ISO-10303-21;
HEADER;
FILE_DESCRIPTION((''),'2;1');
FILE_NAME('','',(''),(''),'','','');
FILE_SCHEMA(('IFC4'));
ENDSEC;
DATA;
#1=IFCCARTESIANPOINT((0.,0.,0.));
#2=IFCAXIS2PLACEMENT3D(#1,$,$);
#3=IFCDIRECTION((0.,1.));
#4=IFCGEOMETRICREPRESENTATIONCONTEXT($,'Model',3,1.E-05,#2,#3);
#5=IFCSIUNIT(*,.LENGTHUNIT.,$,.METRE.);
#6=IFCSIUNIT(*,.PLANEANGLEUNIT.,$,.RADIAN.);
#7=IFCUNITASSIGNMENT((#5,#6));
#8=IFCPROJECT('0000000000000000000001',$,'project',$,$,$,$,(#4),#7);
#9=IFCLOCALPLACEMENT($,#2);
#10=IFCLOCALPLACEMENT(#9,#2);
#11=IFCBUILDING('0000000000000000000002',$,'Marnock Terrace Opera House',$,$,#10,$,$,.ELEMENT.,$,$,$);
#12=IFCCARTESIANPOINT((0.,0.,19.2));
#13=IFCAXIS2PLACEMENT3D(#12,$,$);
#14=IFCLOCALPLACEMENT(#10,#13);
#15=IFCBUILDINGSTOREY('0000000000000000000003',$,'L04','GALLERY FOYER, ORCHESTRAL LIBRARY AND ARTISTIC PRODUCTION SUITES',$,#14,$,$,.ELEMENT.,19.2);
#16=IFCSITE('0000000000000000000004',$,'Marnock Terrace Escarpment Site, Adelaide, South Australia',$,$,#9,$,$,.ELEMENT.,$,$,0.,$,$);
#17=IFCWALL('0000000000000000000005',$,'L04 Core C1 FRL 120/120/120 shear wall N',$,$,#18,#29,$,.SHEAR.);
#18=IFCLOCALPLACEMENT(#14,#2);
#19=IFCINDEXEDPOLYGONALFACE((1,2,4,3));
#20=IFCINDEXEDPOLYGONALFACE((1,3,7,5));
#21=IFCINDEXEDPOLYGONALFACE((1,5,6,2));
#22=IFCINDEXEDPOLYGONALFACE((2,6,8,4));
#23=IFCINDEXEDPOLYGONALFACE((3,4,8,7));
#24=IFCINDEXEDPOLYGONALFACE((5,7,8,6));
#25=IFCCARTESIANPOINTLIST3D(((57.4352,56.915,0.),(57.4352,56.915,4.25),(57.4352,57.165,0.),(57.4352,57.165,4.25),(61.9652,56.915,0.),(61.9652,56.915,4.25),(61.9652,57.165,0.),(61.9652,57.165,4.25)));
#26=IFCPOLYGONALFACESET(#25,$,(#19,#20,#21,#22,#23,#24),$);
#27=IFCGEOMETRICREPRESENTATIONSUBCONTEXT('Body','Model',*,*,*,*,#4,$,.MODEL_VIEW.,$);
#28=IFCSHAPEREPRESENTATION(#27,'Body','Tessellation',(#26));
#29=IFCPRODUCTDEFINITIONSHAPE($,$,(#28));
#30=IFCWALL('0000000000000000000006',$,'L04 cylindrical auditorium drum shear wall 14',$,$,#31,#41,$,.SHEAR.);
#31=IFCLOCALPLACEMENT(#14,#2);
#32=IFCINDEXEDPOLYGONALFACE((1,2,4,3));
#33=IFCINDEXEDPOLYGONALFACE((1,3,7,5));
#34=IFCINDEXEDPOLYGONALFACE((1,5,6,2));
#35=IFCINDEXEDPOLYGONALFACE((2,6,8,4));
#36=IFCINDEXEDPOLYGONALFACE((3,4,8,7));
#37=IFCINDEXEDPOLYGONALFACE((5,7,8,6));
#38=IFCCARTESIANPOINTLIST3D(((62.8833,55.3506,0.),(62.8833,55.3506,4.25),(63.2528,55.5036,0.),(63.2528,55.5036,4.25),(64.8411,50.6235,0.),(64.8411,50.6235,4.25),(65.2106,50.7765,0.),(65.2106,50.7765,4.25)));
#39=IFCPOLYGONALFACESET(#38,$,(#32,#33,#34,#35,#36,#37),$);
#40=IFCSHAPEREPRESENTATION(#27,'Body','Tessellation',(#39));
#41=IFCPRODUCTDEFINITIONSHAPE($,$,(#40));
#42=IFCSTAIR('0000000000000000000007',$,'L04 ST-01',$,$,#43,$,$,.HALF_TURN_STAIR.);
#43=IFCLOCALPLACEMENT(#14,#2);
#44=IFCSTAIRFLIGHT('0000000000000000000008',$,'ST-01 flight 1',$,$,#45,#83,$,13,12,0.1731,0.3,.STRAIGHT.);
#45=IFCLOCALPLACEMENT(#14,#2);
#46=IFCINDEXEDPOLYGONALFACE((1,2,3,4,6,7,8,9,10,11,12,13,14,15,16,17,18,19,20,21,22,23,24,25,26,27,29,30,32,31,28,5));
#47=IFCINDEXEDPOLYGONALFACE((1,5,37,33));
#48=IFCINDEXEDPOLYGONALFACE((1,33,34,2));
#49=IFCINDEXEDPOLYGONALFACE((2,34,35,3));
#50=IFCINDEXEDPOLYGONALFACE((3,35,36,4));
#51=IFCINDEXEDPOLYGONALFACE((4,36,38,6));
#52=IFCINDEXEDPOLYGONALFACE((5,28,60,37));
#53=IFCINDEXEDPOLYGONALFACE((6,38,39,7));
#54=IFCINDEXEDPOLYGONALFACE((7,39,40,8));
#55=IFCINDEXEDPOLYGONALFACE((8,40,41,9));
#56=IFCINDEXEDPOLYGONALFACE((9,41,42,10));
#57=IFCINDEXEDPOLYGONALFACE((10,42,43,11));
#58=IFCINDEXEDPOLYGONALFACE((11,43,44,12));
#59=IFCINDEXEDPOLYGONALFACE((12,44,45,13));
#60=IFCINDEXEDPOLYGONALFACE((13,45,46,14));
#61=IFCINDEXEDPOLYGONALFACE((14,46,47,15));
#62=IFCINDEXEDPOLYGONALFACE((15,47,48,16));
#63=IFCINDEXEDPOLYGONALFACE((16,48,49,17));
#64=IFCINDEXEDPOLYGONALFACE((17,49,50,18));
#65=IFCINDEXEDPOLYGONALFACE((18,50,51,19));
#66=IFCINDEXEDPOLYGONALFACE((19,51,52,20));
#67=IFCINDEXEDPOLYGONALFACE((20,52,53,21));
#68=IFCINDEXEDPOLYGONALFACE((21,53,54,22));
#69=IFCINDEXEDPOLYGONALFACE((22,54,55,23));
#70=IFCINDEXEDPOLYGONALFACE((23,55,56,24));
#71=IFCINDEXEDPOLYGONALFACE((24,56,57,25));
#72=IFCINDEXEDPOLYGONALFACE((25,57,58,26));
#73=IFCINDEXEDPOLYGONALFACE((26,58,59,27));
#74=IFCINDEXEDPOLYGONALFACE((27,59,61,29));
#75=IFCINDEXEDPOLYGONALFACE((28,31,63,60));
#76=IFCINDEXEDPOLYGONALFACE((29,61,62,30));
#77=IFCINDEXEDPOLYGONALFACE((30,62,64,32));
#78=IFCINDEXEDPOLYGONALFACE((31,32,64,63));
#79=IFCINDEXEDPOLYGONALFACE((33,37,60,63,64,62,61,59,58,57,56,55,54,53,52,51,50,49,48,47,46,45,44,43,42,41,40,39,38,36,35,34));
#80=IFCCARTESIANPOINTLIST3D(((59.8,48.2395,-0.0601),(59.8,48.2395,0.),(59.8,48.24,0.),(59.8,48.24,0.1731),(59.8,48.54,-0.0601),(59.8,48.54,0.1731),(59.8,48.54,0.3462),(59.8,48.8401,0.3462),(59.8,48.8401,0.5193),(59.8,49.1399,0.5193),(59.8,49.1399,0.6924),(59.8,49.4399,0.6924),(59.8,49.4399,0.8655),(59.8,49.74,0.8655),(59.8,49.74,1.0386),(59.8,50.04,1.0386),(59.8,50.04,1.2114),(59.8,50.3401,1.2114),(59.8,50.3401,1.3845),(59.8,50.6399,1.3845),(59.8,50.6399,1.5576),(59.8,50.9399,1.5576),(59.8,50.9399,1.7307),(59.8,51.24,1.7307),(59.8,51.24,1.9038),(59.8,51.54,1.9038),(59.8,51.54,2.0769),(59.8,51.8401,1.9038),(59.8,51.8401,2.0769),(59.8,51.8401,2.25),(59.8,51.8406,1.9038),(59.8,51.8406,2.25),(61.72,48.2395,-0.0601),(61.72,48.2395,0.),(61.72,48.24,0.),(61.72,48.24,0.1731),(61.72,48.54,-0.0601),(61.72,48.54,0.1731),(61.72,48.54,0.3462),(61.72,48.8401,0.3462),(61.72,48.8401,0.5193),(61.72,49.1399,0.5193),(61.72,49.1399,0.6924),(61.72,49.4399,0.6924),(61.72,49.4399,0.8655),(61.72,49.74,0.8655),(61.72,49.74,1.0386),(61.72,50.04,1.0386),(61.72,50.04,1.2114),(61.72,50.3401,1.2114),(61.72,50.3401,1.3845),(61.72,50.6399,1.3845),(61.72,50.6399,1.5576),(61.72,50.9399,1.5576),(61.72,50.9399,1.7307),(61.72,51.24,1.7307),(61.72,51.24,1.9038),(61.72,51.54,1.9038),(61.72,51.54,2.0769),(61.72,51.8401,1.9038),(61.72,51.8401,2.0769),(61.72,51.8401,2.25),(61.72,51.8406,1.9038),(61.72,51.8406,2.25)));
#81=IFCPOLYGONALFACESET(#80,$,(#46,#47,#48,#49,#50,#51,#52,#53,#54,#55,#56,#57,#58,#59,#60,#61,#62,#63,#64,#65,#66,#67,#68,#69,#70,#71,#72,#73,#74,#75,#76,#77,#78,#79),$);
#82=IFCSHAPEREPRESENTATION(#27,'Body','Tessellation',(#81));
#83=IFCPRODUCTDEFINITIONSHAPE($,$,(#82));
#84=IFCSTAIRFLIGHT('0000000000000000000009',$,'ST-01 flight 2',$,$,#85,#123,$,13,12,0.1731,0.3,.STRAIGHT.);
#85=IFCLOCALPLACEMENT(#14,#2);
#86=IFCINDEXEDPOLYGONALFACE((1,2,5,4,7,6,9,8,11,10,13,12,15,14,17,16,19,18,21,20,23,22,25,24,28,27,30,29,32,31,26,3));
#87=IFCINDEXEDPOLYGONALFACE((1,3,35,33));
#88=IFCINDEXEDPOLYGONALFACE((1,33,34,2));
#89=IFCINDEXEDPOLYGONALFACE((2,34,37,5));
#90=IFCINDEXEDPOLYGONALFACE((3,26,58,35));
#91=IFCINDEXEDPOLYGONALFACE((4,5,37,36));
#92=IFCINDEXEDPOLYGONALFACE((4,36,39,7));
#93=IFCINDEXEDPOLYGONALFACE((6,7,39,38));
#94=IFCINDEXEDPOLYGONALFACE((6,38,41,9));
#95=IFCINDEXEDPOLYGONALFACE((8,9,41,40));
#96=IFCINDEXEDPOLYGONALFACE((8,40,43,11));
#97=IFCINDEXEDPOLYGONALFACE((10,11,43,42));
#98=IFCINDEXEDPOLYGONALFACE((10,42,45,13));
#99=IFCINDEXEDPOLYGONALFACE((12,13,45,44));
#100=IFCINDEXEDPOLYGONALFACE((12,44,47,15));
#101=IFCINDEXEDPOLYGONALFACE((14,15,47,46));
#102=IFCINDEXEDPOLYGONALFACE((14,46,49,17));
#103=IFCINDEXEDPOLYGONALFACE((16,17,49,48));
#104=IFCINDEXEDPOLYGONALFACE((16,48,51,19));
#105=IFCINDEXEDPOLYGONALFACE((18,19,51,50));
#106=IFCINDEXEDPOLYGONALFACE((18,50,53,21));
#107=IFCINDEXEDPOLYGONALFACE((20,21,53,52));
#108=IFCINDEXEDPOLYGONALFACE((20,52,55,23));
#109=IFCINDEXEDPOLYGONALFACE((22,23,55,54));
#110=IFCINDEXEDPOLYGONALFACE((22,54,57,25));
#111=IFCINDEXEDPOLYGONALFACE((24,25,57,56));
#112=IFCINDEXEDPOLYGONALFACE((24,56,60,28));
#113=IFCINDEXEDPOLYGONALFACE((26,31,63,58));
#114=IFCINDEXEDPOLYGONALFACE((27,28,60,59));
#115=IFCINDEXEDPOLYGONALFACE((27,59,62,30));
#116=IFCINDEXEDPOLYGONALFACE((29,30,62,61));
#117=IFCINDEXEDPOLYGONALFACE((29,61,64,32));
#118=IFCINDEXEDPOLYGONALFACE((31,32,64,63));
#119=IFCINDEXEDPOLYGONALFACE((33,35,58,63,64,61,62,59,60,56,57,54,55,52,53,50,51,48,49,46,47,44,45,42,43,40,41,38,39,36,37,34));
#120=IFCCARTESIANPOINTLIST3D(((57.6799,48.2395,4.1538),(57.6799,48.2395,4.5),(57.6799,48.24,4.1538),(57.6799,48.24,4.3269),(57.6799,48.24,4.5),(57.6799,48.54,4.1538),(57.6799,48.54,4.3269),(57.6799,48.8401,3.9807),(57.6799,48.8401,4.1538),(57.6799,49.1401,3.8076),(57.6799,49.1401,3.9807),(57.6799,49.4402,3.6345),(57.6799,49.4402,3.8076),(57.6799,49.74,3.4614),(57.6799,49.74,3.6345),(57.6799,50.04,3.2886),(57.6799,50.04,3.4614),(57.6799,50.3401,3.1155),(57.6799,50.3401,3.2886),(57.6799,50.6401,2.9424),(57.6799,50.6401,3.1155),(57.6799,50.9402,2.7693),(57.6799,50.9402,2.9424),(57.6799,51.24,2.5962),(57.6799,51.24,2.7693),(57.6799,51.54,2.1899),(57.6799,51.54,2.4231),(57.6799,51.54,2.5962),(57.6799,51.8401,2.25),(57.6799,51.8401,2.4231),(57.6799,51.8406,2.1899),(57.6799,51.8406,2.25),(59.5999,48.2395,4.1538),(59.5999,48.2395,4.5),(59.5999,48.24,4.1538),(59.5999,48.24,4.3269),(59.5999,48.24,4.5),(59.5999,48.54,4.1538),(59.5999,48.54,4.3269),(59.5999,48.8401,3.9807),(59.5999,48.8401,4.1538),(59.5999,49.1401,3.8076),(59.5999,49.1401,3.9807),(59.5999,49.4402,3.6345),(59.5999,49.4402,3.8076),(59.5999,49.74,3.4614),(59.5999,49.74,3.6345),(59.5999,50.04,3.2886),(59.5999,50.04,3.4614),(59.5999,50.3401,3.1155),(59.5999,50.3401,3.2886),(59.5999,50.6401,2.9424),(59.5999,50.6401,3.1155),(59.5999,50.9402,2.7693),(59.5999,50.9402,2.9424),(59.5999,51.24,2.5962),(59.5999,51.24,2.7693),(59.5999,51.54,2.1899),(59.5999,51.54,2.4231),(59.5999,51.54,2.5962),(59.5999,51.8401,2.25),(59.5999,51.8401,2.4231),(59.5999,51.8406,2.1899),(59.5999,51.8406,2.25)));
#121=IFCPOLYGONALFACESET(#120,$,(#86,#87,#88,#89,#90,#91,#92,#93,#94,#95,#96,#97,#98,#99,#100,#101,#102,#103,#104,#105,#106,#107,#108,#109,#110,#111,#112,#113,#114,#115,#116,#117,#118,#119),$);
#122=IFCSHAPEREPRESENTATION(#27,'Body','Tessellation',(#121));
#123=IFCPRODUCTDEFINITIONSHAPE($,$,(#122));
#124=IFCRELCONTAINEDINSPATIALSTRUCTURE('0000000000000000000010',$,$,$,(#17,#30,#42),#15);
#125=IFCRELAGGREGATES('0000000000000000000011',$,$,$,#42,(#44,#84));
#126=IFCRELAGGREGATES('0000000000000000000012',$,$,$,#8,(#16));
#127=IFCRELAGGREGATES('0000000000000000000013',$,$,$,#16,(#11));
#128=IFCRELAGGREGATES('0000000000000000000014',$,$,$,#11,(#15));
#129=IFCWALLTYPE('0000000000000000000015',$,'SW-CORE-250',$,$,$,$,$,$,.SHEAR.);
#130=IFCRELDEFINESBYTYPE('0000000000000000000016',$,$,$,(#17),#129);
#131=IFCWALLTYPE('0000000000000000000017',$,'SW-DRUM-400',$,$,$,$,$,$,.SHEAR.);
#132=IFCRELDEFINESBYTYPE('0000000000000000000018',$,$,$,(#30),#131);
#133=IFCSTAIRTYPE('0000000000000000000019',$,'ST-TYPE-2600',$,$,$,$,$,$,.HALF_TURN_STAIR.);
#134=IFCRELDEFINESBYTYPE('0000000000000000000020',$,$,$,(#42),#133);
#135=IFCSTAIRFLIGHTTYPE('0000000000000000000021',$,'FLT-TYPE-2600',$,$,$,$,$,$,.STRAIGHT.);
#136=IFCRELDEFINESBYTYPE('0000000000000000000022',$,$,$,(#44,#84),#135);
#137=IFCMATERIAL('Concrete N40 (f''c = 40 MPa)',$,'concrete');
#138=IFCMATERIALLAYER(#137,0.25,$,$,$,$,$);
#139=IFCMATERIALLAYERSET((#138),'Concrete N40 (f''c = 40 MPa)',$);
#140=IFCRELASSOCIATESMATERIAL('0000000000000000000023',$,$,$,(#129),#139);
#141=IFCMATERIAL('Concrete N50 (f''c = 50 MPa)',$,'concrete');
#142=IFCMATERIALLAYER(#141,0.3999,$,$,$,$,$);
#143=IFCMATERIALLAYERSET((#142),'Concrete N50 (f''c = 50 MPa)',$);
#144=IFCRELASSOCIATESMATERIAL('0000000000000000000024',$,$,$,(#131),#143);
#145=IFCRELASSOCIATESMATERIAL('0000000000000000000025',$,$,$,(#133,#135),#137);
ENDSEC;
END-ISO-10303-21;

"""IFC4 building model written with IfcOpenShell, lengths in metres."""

from ifc_helpers import new_model, si_unit, direction, frame, frame_2d, origin, place, context, subcontext, project, spatial, polyline, rectangle, outline, extrude, material, layer, layer_set, type_object, element, aggregate, save


model = new_model("IFC4")

# Units and contexts
model_context = context("Model", 3, precision=1e-05, world=origin(), true_north=direction((0.0, 1.0)))
body_context = subcontext(model_context, "Body", "Model", "MODEL_VIEW")
ifc_project = project(units=[si_unit("LENGTHUNIT", "METRE"), si_unit("PLANEANGLEUNIT", "RADIAN")], contexts=[model_context])

# Site, building, storey
site_placement = place(None, origin())
site = spatial("IfcSite", under=ifc_project, at=site_placement, Name="Marnock Terrace Escarpment Site, Adelaide, South Australia", CompositionType="ELEMENT", RefElevation=0.0)
building_placement = place(site_placement, origin())
building = spatial("IfcBuilding", under=site, at=building_placement, Name="Marnock Terrace Opera House", CompositionType="ELEMENT")
storey_placement = place(building_placement, frame((0.0, 0.0, 19.2)))
storey = spatial("IfcBuildingStorey", under=building, at=storey_placement, Name="L04", Description="GALLERY FOYER, ORCHESTRAL LIBRARY AND ARTISTIC PRODUCTION SUITES", CompositionType="ELEMENT", Elevation=19.2)

# Shared definitions
ifc_material_1 = material(Name="Concrete N50 (f'c = 50 MPa)", Category="concrete")
ifc_material_2 = material(Name="Concrete N40 (f'c = 40 MPa)", Category="concrete")

# Walls
ifc_layer_1 = layer(ifc_material_2, 0.25)
ifc_layer_set_1 = layer_set([ifc_layer_1], Name="Concrete N40 (f'c = 40 MPa)")
wall_type_1 = type_object("IfcWallType", Name="SW-CORE-250", PredefinedType="SHEAR", material=ifc_layer_set_1)
wall_1_placement = place(storey_placement, frame((57.4351, 57.04, 0.0), z_axis=(0.0, 0.0, 1.0), x_axis=(1.0, 0.0, 0.0)))
element("IfcWall", 1, at=wall_1_placement, inside=storey, type_object=wall_type_1, Name="L04 Core C1 FRL 120/120/120 shear wall N", PredefinedType="SHEAR", context=body_context, shape_type="SweptSolid", body=[
    extrude(rectangle(XDim=4.53, YDim=0.25, at=frame_2d((2.2651, 0.0))), origin(), (0.0, 0.0, 1.0), 4.25),
])
ifc_layer_2 = layer(ifc_material_1, 0.3999)
ifc_layer_set_2 = layer_set([ifc_layer_2], Name="Concrete N50 (f'c = 50 MPa)")
wall_type_2 = type_object("IfcWallType", Name="SW-DRUM-400", PredefinedType="SHEAR", material=ifc_layer_set_2)
wall_2_placement = place(storey_placement, frame((63.0681, 55.427, 0.0), z_axis=(0.0, 0.0, 1.0), x_axis=(0.382643, -0.923896, 0.0)))
element("IfcWall", 2, at=wall_2_placement, inside=storey, type_object=wall_type_2, Name="L04 cylindrical auditorium drum shear wall 14", PredefinedType="SHEAR", context=body_context, shape_type="SweptSolid", body=[
    extrude(rectangle(XDim=5.1165, YDim=0.3999, at=frame_2d((2.5581, 0.0))), origin(), (0.0, 0.0, 1.0), 4.25),
])

# Stair, stair flights
stair_type = type_object("IfcStairType", Name="ST-TYPE-2600", PredefinedType="HALF_TURN_STAIR", material=ifc_material_2)
stair_placement = place(storey_placement, origin())
stair = element("IfcStair", 3, at=stair_placement, inside=storey, type_object=stair_type, Name="L04 ST-01", PredefinedType="HALF_TURN_STAIR")
stair_flight_type = type_object("IfcStairFlightType", Name="FLT-TYPE-2600", PredefinedType="STRAIGHT", material=ifc_material_2)
stair_flight_1_placement = place(storey_placement, frame((60.76, 48.24, 0.0), z_axis=(0.0, 0.0, 1.0), x_axis=(0.0, 1.0, 0.0)))
stair_flight_1 = element("IfcStairFlight", 4, at=stair_flight_1_placement, type_object=stair_flight_type, Name="ST-01 flight 1", NumberOfRisers=13, NumberOfTreads=12, PredefinedType="STRAIGHT", RiserHeight=0.1731, TreadLength=0.3, context=body_context, shape_type="SweptSolid", body=[
    extrude(outline(polyline([(-0.0005, -0.0601), (-0.0005, 0.0), (0.0, 0.0), (0.0, 0.1731), (0.3, 0.1731), (0.3, 0.3462), (0.6001, 0.3462), (0.6001, 0.5193), (0.8999, 0.5193), (0.8999, 0.6924), (1.2, 0.6924), (1.2, 0.8655), (1.5, 0.8655), (1.5, 1.0386), (1.8, 1.0386), (1.8, 1.2114), (2.1001, 1.2114), (2.1001, 1.3845), (2.3999, 1.3845), (2.3999, 1.5576), (2.7, 1.5576), (2.7, 1.7307), (3.0, 1.7307), (3.0, 1.9038), (3.3, 1.9038), (3.3, 2.0769), (3.6001, 2.0769), (3.6001, 2.25), (3.6006, 2.25), (3.6006, 1.9038), (3.6001, 1.9038), (0.3, -0.0601), (-0.0005, -0.0601)])), frame((0.0, 0.96, 0.0), z_axis=(0.0, -1.0, 0.0), x_axis=(1.0, 0.0, 0.0)), (0.0, 0.0, 1.0), 1.9199),
])
stair_flight_2_placement = place(storey_placement, frame((58.6399, 51.8401, 2.25), z_axis=(0.0, 0.0, 1.0), x_axis=(0.0, -1.0, 0.0)))
stair_flight_2 = element("IfcStairFlight", 5, at=stair_flight_2_placement, type_object=stair_flight_type, Name="ST-01 flight 2", NumberOfRisers=13, NumberOfTreads=12, PredefinedType="STRAIGHT", RiserHeight=0.1731, TreadLength=0.3, context=body_context, shape_type="SweptSolid", body=[
    extrude(outline(polyline([(-0.0005, -0.0601), (-0.0005, 0.0), (0.0, 0.0), (0.0, 0.1731), (0.3, 0.1731), (0.3, 0.3462), (0.6001, 0.3462), (0.6001, 0.5193), (0.8999, 0.5193), (0.8999, 0.6924), (1.2, 0.6924), (1.2, 0.8655), (1.5, 0.8655), (1.5, 1.0386), (1.8, 1.0386), (1.8, 1.2114), (2.1001, 1.2114), (2.1001, 1.3845), (2.3999, 1.3845), (2.3999, 1.5576), (2.7, 1.5576), (2.7, 1.7307), (3.0, 1.7307), (3.0, 1.9038), (3.3, 1.9038), (3.3, 2.0769), (3.6001, 2.0769), (3.6001, 2.25), (3.6006, 2.25), (3.6006, 1.9038), (3.6001, 1.9038), (0.3, -0.0601), (-0.0005, -0.0601)])), frame((0.0, 0.96, 0.0), z_axis=(0.0, -1.0, 0.0), x_axis=(1.0, 0.0, 0.0)), (0.0, 0.0, 1.0), 1.9199),
])
aggregate(stair, [stair_flight_1, stair_flight_2])

save(model, "model.ifc")
